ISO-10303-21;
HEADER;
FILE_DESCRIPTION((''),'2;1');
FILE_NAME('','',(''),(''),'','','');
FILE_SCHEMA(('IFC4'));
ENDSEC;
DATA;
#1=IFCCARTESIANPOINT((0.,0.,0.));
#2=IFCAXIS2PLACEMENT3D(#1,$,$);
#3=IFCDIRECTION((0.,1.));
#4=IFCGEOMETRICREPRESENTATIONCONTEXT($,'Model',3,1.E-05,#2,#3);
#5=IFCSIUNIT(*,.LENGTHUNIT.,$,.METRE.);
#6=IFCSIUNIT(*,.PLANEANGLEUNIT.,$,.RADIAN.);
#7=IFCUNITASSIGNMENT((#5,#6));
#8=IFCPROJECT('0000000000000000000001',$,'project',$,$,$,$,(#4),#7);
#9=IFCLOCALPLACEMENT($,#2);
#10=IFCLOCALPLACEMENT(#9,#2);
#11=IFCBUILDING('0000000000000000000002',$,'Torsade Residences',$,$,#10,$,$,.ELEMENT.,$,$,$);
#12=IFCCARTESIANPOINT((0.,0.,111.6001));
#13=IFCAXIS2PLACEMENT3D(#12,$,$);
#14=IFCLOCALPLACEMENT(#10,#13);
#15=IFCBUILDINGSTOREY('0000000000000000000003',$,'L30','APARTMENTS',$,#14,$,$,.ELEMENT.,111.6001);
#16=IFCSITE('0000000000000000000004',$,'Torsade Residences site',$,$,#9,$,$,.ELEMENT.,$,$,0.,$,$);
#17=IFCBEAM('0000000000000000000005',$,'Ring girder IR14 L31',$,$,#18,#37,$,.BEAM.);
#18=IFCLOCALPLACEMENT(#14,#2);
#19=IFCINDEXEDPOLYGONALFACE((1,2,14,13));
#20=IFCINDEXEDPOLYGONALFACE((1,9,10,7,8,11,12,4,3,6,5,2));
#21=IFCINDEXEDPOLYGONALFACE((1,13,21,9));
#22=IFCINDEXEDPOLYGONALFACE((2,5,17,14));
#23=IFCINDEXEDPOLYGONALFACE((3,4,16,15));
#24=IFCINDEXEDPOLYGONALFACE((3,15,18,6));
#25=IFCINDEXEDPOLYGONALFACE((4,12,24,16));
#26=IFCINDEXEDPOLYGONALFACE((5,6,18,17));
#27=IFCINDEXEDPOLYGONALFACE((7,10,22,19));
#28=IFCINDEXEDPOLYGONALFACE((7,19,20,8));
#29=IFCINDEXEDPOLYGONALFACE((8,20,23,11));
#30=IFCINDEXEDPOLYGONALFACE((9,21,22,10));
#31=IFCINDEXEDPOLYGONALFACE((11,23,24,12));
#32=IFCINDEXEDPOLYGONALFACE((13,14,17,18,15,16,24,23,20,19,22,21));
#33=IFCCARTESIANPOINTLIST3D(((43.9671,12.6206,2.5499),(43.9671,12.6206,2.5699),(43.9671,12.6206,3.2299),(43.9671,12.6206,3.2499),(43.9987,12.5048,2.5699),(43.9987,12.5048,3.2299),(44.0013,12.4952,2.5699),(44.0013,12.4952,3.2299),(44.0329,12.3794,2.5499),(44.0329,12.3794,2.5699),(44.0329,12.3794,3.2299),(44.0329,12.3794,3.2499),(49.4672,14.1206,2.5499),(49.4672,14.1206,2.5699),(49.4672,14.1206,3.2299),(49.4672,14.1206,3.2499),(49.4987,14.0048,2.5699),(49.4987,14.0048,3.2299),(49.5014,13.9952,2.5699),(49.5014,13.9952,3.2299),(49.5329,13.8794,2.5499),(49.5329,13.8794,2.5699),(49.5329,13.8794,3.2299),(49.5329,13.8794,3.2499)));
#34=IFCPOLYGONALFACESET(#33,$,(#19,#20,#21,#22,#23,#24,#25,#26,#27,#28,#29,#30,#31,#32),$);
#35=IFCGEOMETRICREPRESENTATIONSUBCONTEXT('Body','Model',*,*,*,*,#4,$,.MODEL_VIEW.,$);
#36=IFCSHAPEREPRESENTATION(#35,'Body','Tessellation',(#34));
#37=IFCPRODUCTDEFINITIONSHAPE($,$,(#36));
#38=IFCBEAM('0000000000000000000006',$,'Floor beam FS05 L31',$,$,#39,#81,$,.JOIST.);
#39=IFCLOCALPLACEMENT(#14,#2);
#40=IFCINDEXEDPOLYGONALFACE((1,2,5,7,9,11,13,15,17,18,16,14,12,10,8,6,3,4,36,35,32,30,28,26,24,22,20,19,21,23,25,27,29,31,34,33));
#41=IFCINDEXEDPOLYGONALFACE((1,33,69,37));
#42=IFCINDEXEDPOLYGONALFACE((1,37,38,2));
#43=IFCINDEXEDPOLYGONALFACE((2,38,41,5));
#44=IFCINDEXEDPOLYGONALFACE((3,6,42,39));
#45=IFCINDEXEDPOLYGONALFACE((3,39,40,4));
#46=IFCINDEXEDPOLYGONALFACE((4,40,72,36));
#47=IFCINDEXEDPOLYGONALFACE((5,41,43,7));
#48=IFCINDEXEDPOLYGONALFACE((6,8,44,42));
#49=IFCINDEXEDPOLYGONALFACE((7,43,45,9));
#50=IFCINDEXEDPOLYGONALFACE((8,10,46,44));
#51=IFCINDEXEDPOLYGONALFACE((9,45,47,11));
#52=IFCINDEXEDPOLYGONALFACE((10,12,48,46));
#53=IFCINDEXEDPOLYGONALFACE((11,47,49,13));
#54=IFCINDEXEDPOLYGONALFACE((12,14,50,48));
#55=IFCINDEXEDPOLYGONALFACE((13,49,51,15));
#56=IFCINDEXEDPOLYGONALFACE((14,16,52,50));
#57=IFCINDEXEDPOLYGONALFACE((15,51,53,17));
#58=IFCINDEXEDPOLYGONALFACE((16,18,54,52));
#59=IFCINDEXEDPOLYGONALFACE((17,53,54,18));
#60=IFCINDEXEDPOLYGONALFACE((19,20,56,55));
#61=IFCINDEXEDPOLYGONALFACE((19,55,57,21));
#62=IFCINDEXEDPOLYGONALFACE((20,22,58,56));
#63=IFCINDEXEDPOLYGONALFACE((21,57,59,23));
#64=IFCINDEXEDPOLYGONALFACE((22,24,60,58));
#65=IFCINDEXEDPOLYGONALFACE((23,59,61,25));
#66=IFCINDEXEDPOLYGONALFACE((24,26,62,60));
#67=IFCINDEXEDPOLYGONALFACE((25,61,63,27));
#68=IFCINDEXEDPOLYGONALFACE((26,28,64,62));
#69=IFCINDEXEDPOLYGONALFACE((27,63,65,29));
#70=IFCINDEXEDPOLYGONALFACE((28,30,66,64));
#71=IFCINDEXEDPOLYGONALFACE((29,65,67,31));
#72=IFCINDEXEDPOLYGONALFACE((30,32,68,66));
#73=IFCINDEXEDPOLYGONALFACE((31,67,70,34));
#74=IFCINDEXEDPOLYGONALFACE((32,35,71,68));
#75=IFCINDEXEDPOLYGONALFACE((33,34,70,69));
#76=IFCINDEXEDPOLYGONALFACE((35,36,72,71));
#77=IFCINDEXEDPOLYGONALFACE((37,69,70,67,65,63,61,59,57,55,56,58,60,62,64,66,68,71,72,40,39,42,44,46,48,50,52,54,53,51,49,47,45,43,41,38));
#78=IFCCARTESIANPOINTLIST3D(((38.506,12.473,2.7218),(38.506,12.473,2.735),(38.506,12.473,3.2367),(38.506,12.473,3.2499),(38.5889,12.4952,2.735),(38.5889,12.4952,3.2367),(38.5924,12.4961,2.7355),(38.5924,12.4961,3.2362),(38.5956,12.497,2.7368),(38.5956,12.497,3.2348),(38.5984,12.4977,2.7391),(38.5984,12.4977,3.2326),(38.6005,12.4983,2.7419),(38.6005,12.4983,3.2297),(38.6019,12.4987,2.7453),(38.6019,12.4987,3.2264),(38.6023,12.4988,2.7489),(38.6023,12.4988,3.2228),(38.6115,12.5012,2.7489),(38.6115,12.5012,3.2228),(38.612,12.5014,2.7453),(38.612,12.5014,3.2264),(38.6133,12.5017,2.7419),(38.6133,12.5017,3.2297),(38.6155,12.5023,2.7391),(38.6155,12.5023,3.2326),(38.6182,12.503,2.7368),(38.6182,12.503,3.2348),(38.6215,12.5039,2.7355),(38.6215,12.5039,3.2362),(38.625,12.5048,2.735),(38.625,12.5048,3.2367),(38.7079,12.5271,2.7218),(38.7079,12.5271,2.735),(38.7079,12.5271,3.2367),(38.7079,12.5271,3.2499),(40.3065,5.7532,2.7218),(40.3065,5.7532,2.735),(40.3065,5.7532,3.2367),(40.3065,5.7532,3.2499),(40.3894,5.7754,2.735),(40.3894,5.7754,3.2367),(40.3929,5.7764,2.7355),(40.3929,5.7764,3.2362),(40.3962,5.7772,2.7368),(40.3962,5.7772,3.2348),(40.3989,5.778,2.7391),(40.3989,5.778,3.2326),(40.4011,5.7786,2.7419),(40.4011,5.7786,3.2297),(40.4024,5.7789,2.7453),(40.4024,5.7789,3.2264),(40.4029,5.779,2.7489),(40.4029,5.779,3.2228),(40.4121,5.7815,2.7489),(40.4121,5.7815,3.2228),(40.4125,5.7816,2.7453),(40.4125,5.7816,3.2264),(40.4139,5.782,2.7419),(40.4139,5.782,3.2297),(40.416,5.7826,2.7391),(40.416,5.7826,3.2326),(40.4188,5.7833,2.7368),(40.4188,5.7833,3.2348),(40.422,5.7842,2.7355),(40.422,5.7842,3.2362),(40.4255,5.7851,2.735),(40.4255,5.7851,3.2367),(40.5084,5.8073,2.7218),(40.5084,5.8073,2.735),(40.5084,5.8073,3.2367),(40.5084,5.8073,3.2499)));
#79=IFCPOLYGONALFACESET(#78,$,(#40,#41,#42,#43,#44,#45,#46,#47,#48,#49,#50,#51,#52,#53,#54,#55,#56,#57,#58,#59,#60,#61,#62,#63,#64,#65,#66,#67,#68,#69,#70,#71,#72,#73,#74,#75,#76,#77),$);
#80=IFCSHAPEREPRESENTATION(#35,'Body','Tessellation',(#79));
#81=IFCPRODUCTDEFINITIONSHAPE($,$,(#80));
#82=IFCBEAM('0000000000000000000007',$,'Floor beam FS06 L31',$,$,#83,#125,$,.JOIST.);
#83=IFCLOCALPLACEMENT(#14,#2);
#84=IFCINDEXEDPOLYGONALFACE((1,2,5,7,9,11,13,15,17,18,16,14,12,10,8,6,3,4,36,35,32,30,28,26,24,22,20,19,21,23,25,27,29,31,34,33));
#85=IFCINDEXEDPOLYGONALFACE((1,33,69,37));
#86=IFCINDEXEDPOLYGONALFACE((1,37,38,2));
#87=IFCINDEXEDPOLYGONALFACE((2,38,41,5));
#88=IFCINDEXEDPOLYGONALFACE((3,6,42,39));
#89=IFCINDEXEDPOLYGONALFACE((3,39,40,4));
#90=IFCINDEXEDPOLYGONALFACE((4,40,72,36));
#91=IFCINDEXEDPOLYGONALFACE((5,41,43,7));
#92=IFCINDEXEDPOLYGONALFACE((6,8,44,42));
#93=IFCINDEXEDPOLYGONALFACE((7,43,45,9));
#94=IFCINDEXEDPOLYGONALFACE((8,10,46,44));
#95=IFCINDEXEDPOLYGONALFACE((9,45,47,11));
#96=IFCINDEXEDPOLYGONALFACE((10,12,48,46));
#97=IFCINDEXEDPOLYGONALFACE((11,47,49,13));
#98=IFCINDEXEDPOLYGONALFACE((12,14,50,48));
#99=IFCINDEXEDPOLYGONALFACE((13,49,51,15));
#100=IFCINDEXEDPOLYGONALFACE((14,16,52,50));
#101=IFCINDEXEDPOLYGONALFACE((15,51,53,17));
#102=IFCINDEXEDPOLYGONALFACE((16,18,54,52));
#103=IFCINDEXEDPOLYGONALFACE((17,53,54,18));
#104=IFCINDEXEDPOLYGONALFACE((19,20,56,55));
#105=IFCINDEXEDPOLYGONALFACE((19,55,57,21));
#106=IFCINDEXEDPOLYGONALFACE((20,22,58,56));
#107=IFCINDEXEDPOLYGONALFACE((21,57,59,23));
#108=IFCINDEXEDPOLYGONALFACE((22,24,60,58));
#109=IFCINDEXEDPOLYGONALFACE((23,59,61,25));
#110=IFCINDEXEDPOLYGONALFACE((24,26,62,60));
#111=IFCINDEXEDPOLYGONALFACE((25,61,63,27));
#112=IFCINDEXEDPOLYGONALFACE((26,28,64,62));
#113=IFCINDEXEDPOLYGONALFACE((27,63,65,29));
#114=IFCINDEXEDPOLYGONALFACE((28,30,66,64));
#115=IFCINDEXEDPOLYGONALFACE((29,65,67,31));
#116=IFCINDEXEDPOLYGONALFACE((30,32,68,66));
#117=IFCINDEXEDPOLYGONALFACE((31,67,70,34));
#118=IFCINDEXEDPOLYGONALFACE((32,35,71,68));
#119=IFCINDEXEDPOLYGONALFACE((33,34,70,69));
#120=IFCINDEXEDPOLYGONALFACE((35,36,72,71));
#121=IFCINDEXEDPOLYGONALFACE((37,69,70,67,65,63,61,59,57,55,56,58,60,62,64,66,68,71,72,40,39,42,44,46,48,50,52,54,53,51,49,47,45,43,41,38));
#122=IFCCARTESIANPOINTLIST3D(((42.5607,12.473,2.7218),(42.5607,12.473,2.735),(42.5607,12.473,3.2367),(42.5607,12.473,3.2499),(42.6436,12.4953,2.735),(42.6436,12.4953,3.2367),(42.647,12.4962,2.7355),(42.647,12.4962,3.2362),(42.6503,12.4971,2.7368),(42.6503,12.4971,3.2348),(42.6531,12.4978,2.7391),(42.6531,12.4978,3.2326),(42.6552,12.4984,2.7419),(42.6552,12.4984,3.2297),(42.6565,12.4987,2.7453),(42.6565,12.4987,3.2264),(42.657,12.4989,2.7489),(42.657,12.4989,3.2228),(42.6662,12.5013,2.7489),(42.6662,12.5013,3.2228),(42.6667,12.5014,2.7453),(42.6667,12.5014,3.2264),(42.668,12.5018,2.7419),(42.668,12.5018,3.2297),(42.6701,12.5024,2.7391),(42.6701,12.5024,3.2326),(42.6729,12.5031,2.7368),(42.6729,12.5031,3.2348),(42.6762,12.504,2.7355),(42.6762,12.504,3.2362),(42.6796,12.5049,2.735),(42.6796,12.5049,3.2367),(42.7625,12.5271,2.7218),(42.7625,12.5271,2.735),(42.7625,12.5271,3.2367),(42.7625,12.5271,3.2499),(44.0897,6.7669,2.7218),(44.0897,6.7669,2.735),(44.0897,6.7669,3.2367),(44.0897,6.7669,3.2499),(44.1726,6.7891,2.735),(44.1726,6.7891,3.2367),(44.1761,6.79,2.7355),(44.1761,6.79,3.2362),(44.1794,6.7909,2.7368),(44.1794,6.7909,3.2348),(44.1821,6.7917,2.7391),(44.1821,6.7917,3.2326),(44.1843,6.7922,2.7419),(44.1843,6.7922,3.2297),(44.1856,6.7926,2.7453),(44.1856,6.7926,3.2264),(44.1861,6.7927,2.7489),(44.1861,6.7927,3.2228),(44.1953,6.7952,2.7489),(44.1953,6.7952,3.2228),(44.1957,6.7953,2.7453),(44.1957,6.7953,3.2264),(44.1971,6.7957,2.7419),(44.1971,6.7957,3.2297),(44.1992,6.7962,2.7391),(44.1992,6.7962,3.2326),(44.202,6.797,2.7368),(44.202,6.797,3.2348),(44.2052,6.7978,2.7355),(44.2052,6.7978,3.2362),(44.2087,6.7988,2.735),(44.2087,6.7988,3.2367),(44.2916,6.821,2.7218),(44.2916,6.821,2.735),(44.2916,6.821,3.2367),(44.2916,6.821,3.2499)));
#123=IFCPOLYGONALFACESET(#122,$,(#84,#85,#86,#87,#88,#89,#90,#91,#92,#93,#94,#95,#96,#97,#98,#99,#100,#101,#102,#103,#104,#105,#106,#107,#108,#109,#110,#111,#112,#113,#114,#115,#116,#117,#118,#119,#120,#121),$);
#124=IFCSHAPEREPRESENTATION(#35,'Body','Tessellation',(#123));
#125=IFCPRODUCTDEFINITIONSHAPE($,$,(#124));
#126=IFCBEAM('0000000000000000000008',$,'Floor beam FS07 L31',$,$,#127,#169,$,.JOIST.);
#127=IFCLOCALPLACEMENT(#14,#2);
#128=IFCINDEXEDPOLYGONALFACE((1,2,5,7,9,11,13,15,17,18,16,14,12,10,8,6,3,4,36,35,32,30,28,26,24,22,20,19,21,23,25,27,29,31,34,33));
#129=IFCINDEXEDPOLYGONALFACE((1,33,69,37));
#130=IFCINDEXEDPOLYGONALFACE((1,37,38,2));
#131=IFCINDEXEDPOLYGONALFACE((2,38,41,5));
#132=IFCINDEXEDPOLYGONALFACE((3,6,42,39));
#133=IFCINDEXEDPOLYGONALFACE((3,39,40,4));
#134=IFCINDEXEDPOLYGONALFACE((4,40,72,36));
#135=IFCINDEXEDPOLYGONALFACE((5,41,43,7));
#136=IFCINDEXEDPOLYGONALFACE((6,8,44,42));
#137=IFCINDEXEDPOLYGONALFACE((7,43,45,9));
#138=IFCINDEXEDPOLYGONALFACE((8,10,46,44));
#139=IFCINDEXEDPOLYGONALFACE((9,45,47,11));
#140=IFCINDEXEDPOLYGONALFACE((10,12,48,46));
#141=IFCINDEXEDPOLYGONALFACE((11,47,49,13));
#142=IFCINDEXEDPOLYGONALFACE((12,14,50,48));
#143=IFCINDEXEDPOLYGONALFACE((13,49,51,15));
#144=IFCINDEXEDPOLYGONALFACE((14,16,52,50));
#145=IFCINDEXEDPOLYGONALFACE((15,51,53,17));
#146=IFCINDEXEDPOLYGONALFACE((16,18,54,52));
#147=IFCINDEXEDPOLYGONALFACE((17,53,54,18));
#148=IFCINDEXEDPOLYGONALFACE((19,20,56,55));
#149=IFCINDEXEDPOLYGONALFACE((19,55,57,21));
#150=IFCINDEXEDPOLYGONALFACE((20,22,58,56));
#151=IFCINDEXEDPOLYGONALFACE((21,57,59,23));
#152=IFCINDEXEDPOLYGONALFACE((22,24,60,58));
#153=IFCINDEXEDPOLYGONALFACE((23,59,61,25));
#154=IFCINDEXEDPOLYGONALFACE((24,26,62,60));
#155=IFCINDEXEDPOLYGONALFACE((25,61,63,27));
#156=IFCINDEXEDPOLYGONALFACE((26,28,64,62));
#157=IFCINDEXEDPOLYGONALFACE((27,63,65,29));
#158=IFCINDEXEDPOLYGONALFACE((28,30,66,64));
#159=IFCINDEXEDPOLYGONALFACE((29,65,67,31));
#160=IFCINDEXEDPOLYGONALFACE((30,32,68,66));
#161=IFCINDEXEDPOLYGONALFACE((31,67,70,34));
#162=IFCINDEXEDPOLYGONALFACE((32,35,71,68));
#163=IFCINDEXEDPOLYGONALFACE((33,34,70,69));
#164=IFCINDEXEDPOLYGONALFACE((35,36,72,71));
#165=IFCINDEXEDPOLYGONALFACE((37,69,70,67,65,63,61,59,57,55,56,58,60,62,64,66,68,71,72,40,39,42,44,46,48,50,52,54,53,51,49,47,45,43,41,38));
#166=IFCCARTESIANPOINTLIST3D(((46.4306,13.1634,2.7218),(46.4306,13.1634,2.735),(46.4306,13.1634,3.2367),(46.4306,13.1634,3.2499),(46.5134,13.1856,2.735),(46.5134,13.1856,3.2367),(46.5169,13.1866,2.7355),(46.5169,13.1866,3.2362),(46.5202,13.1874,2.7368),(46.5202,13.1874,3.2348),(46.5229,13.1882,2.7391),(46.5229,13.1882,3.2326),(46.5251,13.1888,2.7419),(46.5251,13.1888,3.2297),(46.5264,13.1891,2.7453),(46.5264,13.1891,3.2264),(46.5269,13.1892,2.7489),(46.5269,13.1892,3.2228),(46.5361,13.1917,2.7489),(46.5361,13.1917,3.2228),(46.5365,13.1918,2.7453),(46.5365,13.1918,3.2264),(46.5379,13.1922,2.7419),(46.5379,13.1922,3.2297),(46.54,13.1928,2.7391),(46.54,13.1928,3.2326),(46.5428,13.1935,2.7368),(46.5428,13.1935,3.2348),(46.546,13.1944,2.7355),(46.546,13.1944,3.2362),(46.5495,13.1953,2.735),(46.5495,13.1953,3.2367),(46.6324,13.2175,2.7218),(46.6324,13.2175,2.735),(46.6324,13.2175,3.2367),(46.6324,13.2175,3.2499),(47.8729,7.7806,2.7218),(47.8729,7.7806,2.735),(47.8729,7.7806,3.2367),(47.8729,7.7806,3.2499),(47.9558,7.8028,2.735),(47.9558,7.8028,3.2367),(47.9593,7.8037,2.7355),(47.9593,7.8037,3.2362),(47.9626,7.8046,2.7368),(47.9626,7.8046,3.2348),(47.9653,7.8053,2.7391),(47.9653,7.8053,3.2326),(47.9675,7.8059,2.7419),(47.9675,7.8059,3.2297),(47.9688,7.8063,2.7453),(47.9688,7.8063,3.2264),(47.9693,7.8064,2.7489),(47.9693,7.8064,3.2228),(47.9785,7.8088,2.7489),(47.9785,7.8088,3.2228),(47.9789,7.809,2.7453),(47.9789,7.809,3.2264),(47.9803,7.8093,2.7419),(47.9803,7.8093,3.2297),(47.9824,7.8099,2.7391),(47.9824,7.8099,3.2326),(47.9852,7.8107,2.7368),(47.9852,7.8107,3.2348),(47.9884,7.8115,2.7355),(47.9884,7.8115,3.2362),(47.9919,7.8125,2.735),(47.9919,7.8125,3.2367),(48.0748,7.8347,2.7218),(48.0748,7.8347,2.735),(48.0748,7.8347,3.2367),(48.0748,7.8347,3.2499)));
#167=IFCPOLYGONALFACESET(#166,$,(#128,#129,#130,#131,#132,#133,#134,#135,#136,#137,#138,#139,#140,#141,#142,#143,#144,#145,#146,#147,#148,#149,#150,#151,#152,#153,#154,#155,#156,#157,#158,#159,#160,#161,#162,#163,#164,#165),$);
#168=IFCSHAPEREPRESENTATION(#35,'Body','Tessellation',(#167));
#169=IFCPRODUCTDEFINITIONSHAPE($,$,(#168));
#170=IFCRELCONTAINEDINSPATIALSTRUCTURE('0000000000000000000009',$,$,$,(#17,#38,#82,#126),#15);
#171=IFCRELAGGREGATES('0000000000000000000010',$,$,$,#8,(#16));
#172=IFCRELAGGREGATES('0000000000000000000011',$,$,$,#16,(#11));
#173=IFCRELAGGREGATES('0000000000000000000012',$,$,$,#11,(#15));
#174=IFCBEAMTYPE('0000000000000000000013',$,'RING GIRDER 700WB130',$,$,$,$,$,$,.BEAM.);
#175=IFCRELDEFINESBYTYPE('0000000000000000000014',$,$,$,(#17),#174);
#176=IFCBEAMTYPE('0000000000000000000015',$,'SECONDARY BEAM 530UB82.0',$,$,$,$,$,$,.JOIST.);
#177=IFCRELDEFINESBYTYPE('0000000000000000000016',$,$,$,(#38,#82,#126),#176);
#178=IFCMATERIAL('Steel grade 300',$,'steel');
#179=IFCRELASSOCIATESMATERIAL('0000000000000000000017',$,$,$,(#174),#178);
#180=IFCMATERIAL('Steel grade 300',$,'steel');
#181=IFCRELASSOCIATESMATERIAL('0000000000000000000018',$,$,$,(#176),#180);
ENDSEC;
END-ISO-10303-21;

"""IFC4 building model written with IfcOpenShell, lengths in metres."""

from ifc_helpers import new_model, si_unit, direction, frame, origin, origin_2d, place, context, subcontext, project, spatial, i_section, extrude, material, material_profile, profile_set, type_object, element, save


model = new_model("IFC4")

# Units and contexts
model_context = context("Model", 3, precision=1e-05, world=origin(), true_north=direction((0.0, 1.0)))
body_context = subcontext(model_context, "Body", "Model", "MODEL_VIEW")
ifc_project = project(units=[si_unit("LENGTHUNIT", "METRE"), si_unit("PLANEANGLEUNIT", "RADIAN")], contexts=[model_context])

# Site, building, storey
site_placement = place(None, origin())
site = spatial("IfcSite", under=ifc_project, at=site_placement, Name="Torsade Residences site", CompositionType="ELEMENT", RefElevation=0.0)
building_placement = place(site_placement, origin())
building = spatial("IfcBuilding", under=site, at=building_placement, Name="Torsade Residences", CompositionType="ELEMENT")
storey_placement = place(building_placement, frame((0.0, 0.0, 111.6001)))
storey = spatial("IfcBuildingStorey", under=building, at=storey_placement, Name="L30", Description="APARTMENTS", CompositionType="ELEMENT", Elevation=111.6001)

# Beams
ifc_material_1 = material(Name="Steel grade 300", Category="steel")
ifc_material_profile_1 = material_profile(ifc_material_1, i_section(OverallWidth=0.25, OverallDepth=0.7, WebThickness=0.01, FlangeThickness=0.02, at=origin_2d()), Name="700WB130")
ifc_profile_set_1 = profile_set([ifc_material_profile_1], Name="Steel grade 300")
beam_type_1 = type_object("IfcBeamType", Name="RING GIRDER 700WB130", PredefinedType="BEAM", material=ifc_profile_set_1)
beam_1_placement = place(storey_placement, frame((44.0, 12.5, 2.8999), z_axis=(0.964764, 0.263117, 0.0), x_axis=(-0.263117, 0.964764, 0.0)))
element("IfcBeam", 1, at=beam_1_placement, inside=storey, type_object=beam_type_1, Name="Ring girder IR14 L31", PredefinedType="BEAM", context=body_context, shape_type="SweptSolid", body=[
    extrude(i_section(OverallWidth=0.25, OverallDepth=0.7, WebThickness=0.01, FlangeThickness=0.02, at=origin_2d()), origin(), (0.0, 0.0, 1.0), 5.7009),
])
ifc_material_2 = material(Name="Steel grade 300", Category="steel")
ifc_material_profile_2 = material_profile(ifc_material_2, i_section(OverallWidth=0.209, OverallDepth=0.5281, WebThickness=0.0095, FlangeThickness=0.0132, FilletRadius=0.0139, at=origin_2d()), Name="530UB82.0")
ifc_profile_set_2 = profile_set([ifc_material_profile_2], Name="Steel grade 300")
beam_type_2 = type_object("IfcBeamType", Name="SECONDARY BEAM 530UB82.0", PredefinedType="JOIST", material=ifc_profile_set_2)
beam_2_placement = place(storey_placement, frame((40.4075, 5.7803, 2.9858), z_axis=(-0.258818, 0.965926, 0.0), x_axis=(-0.965926, -0.258818, 0.0)))
element("IfcBeam", 2, at=beam_2_placement, inside=storey, type_object=beam_type_2, Name="Floor beam FS05 L31", PredefinedType="JOIST", context=body_context, shape_type="SweptSolid", body=[
    extrude(i_section(OverallWidth=0.209, OverallDepth=0.5281, WebThickness=0.0095, FlangeThickness=0.0132, FilletRadius=0.0139, at=origin_2d()), origin(), (0.0, 0.0, 1.0), 6.9568),
])
beam_3_placement = place(storey_placement, frame((44.1907, 6.7939, 2.9858), z_axis=(-0.258838, 0.965921, 0.0), x_axis=(-0.965921, -0.258838, 0.0)))
element("IfcBeam", 3, at=beam_3_placement, inside=storey, type_object=beam_type_2, Name="Floor beam FS06 L31", PredefinedType="JOIST", context=body_context, shape_type="SweptSolid", body=[
    extrude(i_section(OverallWidth=0.209, OverallDepth=0.5281, WebThickness=0.0095, FlangeThickness=0.0132, FilletRadius=0.0139, at=origin_2d()), origin(), (0.0, 0.0, 1.0), 5.9075),
])
beam_4_placement = place(storey_placement, frame((47.9739, 7.8076, 2.9858), z_axis=(-0.25883, 0.965923, 0.0), x_axis=(-0.965923, -0.25883, 0.0)))
element("IfcBeam", 4, at=beam_4_placement, inside=storey, type_object=beam_type_2, Name="Floor beam FS07 L31", PredefinedType="JOIST", context=body_context, shape_type="SweptSolid", body=[
    extrude(i_section(OverallWidth=0.209, OverallDepth=0.5281, WebThickness=0.0095, FlangeThickness=0.0132, FilletRadius=0.0139, at=origin_2d()), origin(), (0.0, 0.0, 1.0), 5.5728),
])

save(model, "model.ifc")
